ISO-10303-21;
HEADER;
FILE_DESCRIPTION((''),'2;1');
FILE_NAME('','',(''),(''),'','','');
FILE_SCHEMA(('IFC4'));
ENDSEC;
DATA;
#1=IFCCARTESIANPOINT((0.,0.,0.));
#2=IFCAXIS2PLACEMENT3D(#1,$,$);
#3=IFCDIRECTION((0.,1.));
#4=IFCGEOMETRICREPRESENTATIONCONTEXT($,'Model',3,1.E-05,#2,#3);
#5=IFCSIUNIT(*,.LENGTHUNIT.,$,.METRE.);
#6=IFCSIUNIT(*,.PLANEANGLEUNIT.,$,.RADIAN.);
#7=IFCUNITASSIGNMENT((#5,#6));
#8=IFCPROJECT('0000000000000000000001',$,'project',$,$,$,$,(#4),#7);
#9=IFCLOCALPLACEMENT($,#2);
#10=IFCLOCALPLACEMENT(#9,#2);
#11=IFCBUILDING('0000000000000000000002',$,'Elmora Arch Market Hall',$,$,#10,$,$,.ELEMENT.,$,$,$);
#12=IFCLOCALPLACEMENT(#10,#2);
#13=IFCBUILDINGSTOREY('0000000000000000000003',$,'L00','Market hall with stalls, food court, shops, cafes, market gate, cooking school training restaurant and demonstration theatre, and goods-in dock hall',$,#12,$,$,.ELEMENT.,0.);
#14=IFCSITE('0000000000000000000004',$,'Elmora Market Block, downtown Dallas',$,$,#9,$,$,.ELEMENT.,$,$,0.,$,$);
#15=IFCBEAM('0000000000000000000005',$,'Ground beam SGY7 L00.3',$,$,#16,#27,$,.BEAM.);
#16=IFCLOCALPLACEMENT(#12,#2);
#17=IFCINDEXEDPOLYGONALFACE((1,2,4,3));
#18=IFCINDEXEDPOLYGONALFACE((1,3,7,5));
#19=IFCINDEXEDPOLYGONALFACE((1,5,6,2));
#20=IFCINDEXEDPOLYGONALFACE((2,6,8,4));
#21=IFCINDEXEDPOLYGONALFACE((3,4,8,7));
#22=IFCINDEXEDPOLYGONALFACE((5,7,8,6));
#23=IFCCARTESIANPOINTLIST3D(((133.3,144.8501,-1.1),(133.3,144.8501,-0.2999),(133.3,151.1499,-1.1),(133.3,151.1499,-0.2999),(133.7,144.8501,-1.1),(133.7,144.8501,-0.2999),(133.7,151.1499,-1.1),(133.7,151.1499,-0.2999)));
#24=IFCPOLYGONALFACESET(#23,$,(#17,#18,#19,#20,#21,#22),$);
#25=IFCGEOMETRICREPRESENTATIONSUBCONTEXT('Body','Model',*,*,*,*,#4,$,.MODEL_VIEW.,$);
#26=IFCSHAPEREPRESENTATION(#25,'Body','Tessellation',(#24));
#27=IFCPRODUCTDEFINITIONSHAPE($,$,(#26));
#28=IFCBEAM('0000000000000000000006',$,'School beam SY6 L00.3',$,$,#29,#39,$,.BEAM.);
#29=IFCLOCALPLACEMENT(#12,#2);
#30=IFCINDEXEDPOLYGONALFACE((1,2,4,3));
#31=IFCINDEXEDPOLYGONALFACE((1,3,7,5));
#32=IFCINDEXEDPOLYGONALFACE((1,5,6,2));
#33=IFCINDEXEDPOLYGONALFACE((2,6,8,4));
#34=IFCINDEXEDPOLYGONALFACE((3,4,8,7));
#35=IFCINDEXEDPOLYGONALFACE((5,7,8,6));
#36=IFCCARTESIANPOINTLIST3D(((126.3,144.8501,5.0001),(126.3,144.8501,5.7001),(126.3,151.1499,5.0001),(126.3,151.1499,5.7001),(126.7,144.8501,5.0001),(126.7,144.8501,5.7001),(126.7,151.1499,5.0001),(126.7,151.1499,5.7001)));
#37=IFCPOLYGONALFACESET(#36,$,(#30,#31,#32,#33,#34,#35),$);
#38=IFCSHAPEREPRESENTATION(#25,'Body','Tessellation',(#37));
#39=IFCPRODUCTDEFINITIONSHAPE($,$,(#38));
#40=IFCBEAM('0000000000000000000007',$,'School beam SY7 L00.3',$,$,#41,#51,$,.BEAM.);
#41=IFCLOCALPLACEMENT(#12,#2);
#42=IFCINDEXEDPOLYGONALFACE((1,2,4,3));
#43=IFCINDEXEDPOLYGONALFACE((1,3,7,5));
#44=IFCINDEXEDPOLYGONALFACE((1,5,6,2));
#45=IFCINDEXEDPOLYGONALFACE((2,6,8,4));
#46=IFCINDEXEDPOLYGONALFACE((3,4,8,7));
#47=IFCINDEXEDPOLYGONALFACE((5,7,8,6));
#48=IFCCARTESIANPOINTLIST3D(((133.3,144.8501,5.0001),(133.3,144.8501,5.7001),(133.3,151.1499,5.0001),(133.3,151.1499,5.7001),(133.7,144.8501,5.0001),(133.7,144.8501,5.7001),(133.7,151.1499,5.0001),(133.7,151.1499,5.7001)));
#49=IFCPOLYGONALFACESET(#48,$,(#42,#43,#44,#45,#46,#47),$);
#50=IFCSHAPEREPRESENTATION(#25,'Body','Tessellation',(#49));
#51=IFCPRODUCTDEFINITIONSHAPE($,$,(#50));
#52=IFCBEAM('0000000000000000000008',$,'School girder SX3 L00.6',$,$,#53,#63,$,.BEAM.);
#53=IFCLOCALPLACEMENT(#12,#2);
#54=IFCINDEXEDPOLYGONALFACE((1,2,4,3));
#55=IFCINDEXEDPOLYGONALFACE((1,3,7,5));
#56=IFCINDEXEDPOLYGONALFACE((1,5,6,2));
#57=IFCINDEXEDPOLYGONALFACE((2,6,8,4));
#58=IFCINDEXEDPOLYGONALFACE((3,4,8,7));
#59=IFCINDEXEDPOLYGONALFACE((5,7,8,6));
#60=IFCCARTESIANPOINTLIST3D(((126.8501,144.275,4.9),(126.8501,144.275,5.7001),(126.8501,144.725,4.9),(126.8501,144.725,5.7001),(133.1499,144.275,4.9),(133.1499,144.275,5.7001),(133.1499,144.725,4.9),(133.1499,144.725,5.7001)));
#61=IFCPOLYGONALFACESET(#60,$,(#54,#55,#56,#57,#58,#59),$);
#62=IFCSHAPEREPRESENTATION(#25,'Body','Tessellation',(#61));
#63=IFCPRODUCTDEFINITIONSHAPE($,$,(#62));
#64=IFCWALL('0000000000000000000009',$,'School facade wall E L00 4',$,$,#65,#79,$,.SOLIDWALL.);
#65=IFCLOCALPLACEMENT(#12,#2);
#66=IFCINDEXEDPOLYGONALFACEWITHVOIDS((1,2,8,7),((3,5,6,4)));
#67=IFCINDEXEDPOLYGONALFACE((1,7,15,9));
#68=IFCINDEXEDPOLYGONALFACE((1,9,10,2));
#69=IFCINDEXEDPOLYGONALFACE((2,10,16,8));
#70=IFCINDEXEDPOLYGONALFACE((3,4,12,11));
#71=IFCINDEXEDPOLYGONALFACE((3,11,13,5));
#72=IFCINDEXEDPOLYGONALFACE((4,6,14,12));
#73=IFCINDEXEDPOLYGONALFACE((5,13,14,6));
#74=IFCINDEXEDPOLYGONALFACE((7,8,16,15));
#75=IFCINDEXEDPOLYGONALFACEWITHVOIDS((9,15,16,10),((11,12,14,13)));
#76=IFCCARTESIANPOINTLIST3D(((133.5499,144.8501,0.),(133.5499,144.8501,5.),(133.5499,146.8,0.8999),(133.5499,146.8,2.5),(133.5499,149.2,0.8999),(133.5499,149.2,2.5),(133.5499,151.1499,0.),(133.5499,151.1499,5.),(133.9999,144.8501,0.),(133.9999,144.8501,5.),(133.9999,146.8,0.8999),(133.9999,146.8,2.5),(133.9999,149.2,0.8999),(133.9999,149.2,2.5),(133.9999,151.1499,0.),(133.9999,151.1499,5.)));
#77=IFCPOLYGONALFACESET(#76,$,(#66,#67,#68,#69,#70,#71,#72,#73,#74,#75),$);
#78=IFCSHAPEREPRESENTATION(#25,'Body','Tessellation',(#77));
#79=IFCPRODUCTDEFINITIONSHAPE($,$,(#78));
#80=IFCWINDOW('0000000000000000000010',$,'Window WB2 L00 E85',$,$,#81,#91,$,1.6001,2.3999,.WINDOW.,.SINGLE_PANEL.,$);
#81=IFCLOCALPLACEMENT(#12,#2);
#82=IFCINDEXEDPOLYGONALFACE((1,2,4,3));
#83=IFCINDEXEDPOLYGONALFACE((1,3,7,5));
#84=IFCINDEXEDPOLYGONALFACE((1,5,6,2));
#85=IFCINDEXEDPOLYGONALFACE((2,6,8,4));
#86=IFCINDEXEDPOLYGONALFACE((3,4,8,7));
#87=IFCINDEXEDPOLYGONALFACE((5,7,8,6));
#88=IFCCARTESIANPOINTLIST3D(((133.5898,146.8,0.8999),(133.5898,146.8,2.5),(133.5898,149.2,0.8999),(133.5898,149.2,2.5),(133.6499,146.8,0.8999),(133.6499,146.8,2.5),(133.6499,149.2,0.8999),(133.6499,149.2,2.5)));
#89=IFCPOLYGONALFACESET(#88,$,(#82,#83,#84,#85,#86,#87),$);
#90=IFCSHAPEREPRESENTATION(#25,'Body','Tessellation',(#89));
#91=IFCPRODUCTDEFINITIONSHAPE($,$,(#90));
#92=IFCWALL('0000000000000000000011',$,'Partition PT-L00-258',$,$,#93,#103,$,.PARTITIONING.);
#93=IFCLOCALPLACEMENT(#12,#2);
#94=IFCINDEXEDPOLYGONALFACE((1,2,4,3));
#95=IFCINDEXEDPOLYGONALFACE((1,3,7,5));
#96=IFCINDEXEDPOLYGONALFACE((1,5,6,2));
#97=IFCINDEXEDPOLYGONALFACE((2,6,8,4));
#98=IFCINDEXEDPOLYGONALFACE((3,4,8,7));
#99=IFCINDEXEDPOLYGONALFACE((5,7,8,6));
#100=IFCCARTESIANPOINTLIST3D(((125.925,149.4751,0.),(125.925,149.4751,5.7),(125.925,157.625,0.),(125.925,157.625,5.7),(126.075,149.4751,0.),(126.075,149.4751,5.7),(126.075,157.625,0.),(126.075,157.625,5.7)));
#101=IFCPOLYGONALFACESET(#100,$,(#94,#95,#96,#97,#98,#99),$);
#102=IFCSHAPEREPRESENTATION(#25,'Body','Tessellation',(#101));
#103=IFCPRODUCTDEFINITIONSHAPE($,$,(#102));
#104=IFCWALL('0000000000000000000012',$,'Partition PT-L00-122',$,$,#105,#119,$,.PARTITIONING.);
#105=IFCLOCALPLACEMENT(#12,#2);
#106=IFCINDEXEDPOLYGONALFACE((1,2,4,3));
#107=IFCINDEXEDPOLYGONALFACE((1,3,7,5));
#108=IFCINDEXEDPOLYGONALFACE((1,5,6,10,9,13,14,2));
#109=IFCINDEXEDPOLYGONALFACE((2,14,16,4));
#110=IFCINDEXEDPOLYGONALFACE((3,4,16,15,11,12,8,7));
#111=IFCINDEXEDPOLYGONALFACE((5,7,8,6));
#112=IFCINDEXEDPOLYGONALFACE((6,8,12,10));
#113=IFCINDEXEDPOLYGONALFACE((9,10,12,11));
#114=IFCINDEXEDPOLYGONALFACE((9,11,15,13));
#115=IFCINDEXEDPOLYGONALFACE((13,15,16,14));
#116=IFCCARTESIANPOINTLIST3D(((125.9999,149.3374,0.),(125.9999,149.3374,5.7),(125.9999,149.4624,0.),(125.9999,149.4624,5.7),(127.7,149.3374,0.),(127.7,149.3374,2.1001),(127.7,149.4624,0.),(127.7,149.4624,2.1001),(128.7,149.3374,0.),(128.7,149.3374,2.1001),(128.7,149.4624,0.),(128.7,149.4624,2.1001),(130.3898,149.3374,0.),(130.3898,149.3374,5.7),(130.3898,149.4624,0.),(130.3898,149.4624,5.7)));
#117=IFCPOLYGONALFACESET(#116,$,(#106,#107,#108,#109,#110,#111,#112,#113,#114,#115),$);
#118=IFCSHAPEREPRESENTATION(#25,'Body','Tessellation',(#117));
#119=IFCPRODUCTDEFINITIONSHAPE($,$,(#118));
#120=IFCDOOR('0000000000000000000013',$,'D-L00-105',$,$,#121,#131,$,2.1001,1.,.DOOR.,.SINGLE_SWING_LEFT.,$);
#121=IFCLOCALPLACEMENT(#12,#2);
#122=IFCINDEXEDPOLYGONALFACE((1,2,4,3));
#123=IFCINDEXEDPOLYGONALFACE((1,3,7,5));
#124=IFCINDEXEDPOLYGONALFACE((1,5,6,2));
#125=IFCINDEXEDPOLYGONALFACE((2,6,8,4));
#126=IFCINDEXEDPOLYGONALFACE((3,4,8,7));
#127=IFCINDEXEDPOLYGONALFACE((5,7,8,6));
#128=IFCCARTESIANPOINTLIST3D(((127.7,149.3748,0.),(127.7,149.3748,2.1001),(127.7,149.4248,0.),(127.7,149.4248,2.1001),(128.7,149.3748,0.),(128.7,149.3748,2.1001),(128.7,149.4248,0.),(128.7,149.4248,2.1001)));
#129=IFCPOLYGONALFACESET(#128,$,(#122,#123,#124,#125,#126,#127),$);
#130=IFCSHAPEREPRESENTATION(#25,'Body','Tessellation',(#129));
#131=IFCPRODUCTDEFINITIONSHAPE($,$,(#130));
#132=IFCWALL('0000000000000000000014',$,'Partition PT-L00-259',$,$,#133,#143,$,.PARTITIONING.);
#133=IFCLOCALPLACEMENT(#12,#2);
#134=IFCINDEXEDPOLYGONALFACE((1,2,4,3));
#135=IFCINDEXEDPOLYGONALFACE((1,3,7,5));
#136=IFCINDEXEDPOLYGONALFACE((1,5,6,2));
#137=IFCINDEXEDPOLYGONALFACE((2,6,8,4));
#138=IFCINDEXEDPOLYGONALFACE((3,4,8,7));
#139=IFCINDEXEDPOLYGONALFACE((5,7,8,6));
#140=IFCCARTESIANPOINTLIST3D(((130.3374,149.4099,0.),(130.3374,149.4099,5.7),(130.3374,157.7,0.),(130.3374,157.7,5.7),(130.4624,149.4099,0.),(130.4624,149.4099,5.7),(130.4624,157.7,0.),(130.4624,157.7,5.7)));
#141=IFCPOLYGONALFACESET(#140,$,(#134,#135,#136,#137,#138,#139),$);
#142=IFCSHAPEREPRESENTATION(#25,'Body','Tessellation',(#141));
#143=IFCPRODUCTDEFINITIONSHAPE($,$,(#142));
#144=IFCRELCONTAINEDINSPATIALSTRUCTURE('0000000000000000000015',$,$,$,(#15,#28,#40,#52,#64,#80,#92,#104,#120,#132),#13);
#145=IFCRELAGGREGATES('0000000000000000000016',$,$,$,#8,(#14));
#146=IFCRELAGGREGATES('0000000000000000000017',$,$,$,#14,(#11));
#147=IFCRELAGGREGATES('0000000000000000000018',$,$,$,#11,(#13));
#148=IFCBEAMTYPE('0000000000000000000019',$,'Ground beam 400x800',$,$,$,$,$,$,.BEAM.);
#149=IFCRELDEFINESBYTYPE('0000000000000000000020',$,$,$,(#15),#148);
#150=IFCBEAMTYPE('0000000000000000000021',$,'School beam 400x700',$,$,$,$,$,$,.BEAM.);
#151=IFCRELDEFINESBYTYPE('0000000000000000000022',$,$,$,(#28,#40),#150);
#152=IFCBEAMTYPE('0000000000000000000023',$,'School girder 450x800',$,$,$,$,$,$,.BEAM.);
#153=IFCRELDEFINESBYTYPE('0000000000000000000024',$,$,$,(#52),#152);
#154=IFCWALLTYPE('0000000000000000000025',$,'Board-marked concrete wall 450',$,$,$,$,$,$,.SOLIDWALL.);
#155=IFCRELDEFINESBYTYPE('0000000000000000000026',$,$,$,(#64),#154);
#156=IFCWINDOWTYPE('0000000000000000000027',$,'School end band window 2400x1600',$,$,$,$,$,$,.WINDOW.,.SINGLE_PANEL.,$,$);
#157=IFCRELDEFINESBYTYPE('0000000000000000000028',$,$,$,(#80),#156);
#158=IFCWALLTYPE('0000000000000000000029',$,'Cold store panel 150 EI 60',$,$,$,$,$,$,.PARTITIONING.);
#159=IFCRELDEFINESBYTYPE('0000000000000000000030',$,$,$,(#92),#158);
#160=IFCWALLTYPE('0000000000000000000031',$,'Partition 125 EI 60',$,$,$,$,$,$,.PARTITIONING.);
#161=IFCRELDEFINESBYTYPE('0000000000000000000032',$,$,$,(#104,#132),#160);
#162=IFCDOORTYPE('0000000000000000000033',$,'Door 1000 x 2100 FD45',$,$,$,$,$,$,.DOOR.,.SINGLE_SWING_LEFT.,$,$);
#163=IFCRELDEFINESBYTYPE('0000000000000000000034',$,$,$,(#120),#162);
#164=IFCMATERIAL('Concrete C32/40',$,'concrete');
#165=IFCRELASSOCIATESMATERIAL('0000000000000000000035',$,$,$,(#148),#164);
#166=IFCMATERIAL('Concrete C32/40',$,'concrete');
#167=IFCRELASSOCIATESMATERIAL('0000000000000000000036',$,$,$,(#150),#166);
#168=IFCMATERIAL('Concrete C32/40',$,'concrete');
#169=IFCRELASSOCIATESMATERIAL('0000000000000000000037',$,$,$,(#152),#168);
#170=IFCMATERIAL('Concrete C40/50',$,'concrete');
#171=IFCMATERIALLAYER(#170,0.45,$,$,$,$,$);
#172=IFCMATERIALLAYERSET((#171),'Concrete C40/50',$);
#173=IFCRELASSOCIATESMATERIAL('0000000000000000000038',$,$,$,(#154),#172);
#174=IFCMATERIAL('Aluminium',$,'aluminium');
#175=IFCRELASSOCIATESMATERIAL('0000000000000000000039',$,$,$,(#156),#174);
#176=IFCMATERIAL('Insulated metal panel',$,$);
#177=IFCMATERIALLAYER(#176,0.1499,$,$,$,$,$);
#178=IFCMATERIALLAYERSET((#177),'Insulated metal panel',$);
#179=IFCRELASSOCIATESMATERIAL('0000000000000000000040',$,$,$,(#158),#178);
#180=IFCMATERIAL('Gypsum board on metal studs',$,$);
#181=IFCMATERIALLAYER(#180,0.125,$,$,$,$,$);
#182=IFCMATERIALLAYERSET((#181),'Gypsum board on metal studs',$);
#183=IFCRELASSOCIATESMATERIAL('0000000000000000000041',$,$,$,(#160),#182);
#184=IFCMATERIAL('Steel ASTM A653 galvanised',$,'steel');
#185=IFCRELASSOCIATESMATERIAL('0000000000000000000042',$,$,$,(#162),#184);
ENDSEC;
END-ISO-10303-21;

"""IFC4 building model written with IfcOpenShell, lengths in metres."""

from ifc_helpers import new_model, si_unit, direction, frame, frame_2d, origin, origin_2d, place, context, subcontext, project, spatial, rectangle, extrude, material, layer, layer_set, material_profile, profile_set, type_object, element, fill, save


model = new_model("IFC4")

# Units and contexts
model_context = context("Model", 3, precision=1e-05, world=origin(), true_north=direction((0.0, 1.0)))
body_context = subcontext(model_context, "Body", "Model", "MODEL_VIEW")
ifc_project = project(units=[si_unit("LENGTHUNIT", "METRE"), si_unit("PLANEANGLEUNIT", "RADIAN")], contexts=[model_context])

# Site, building, storey
site_placement = place(None, origin())
site = spatial("IfcSite", under=ifc_project, at=site_placement, Name="Elmora Market Block, downtown Dallas", CompositionType="ELEMENT", RefElevation=0.0)
building_placement = place(site_placement, origin())
building = spatial("IfcBuilding", under=site, at=building_placement, Name="Elmora Arch Market Hall", CompositionType="ELEMENT")
storey_placement = place(building_placement, origin())
storey = spatial("IfcBuildingStorey", under=building, at=storey_placement, Name="L00", Description="Market hall with stalls, food court, shops, cafes, market gate, cooking school training restaurant and demonstration theatre, and goods-in dock hall", CompositionType="ELEMENT", Elevation=0.0)

# Beams
ifc_material_1 = material(Name="Concrete C32/40", Category="concrete")
ifc_material_profile_1 = material_profile(ifc_material_1, rectangle(XDim=0.3999, YDim=0.8, at=origin_2d()), Name="Ground beam 400x800")
ifc_profile_set_1 = profile_set([ifc_material_profile_1], Name="Concrete C32/40")
beam_type_1 = type_object("IfcBeamType", Name="Ground beam 400x800", PredefinedType="BEAM", material=ifc_profile_set_1)
for number, where, z_axis, x_axis, name in (
    (1, (133.5, 144.8501, -0.7), (0.0, 1.0, 0.0), (-1.0, 0.0, 0.0), "Ground beam SGY7 L00.3"),
):
    element("IfcBeam", number, at=place(storey_placement, frame(where, z_axis=z_axis, x_axis=x_axis)), inside=storey, type_object=beam_type_1, Name=name, PredefinedType="BEAM", context=body_context, shape_type="SweptSolid", body=[
        extrude(rectangle(XDim=0.3999, YDim=0.8, at=origin_2d()), origin(), (0.0, 0.0, 1.0), 6.2998),
    ])
ifc_material_2 = material(Name="Concrete C32/40", Category="concrete")
ifc_material_profile_2 = material_profile(ifc_material_2, rectangle(XDim=0.3999, YDim=0.7, at=origin_2d()), Name="School beam 400x700")
ifc_profile_set_2 = profile_set([ifc_material_profile_2], Name="Concrete C32/40")
beam_type_2 = type_object("IfcBeamType", Name="School beam 400x700", PredefinedType="BEAM", material=ifc_profile_set_2)
for number, where, z_axis, x_axis, name in (
    (2, (126.5, 144.8501, 5.3501), (0.0, 1.0, 0.0), (-1.0, 0.0, 0.0), "School beam SY6 L00.3"),
    (3, (133.5, 144.8501, 5.3501), (0.0, 1.0, 0.0), (-1.0, 0.0, 0.0), "School beam SY7 L00.3"),
):
    element("IfcBeam", number, at=place(storey_placement, frame(where, z_axis=z_axis, x_axis=x_axis)), inside=storey, type_object=beam_type_2, Name=name, PredefinedType="BEAM", context=body_context, shape_type="SweptSolid", body=[
        extrude(rectangle(XDim=0.3999, YDim=0.7, at=origin_2d()), origin(), (0.0, 0.0, 1.0), 6.2998),
    ])
ifc_material_3 = material(Name="Concrete C32/40", Category="concrete")
ifc_material_profile_3 = material_profile(ifc_material_3, rectangle(XDim=0.45, YDim=0.8, at=origin_2d()), Name="School girder 450x800")
ifc_profile_set_3 = profile_set([ifc_material_profile_3], Name="Concrete C32/40")
beam_type_3 = type_object("IfcBeamType", Name="School girder 450x800", PredefinedType="BEAM", material=ifc_profile_set_3)
beam_placement = place(storey_placement, frame((126.8501, 144.5, 5.3), z_axis=(1.0, 0.0, 0.0), x_axis=(0.0, 1.0, 0.0)))
element("IfcBeam", 4, at=beam_placement, inside=storey, type_object=beam_type_3, Name="School girder SX3 L00.6", PredefinedType="BEAM", context=body_context, shape_type="SweptSolid", body=[
    extrude(rectangle(XDim=0.45, YDim=0.8, at=origin_2d()), origin(), (0.0, 0.0, 1.0), 6.2998),
])

# Wall, opening, window
ifc_material_4 = material(Name="Concrete C40/50", Category="concrete")
ifc_layer_1 = layer(ifc_material_4, 0.45)
ifc_layer_set_1 = layer_set([ifc_layer_1], Name="Concrete C40/50")
wall_type_1 = type_object("IfcWallType", Name="Board-marked concrete wall 450", PredefinedType="SOLIDWALL", material=ifc_layer_set_1)
wall_1_placement = place(storey_placement, frame((133.7749, 151.1499, 0.0), z_axis=(0.0, 0.0, 1.0), x_axis=(0.0, -1.0, 0.0)))
wall_1 = element("IfcWall", 5, at=wall_1_placement, inside=storey, type_object=wall_type_1, Name="School facade wall E L00 4", PredefinedType="SOLIDWALL", context=body_context, shape_type="SweptSolid", body=[
    extrude(rectangle(XDim=6.2998, YDim=0.45, at=frame_2d((3.1499, 0.0))), origin(), (0.0, 0.0, 1.0), 5.0),
])
opening_1_placement = place(wall_1_placement, frame((1.95, 0.0, 0.8999)))
opening_1 = element("IfcOpeningElement", 6, at=opening_1_placement, cuts=wall_1, PredefinedType="OPENING", context=body_context, shape_type="SweptSolid", body=[
    extrude(rectangle(XDim=2.3999, YDim=1.6001, at=frame_2d((1.2, 0.8))), frame((0.0, 0.2349, 0.0), z_axis=(0.0, -1.0, 0.0), x_axis=(1.0, 0.0, 0.0)), (0.0, 0.0, 1.0), 0.47),
])
ifc_material_5 = material(Name="Aluminium", Category="aluminium")
window_type = type_object("IfcWindowType", Name="School end band window 2400x1600", PartitioningType="SINGLE_PANEL", PredefinedType="WINDOW", material=ifc_material_5)
window_placement = place(opening_1_placement, origin())
window = element("IfcWindow", 7, at=window_placement, inside=storey, type_object=window_type, Name="Window WB2 L00 E85", OverallHeight=1.6001, OverallWidth=2.3999, PartitioningType="SINGLE_PANEL", PredefinedType="WINDOW", context=body_context, shape_type="SweptSolid", body=[
    extrude(rectangle(XDim=2.3999, YDim=1.6001, at=frame_2d((1.2, 0.8))), frame((0.0, -0.125, 0.0), z_axis=(0.0, -1.0, 0.0), x_axis=(1.0, 0.0, 0.0)), (0.0, 0.0, 1.0), 0.0601),
])
fill(opening_1, window)

# Wall
ifc_material_6 = material(Name="Insulated metal panel")
ifc_layer_2 = layer(ifc_material_6, 0.1499)
ifc_layer_set_2 = layer_set([ifc_layer_2], Name="Insulated metal panel")
wall_type_2 = type_object("IfcWallType", Name="Cold store panel 150 EI 60", PredefinedType="PARTITIONING", material=ifc_layer_set_2)
wall_2_placement = place(storey_placement, frame((126.0, 149.4751, 0.0), z_axis=(0.0, 0.0, 1.0), x_axis=(0.0, 1.0, 0.0)))
element("IfcWall", 8, at=wall_2_placement, inside=storey, type_object=wall_type_2, Name="Partition PT-L00-258", PredefinedType="PARTITIONING", context=body_context, shape_type="SweptSolid", body=[
    extrude(rectangle(XDim=8.1499, YDim=0.1499, at=frame_2d((4.075, 0.0))), origin(), (0.0, 0.0, 1.0), 5.7),
])

# Wall, opening, door
ifc_material_7 = material(Name="Gypsum board on metal studs")
ifc_layer_3 = layer(ifc_material_7, 0.125)
ifc_layer_set_3 = layer_set([ifc_layer_3], Name="Gypsum board on metal studs")
wall_type_3 = type_object("IfcWallType", Name="Partition 125 EI 60", PredefinedType="PARTITIONING", material=ifc_layer_set_3)
wall_3_placement = place(storey_placement, frame((126.0, 149.3999, 0.0), z_axis=(0.0, 0.0, 1.0), x_axis=(1.0, 0.0, 0.0)))
wall_3 = element("IfcWall", 9, at=wall_3_placement, inside=storey, type_object=wall_type_3, Name="Partition PT-L00-122", PredefinedType="PARTITIONING", context=body_context, shape_type="SweptSolid", body=[
    extrude(rectangle(XDim=4.3899, YDim=0.125, at=frame_2d((2.1948, 0.0))), origin(), (0.0, 0.0, 1.0), 5.7),
])
opening_2_placement = place(wall_3_placement, frame((1.7, 0.0, 0.0)))
opening_2 = element("IfcOpeningElement", 10, at=opening_2_placement, cuts=wall_3, PredefinedType="OPENING", context=body_context, shape_type="SweptSolid", body=[
    extrude(rectangle(XDim=1.0, YDim=2.1001, at=frame_2d((0.5, 1.05))), frame((0.0, 0.0725, 0.0), z_axis=(0.0, -1.0, 0.0), x_axis=(1.0, 0.0, 0.0)), (0.0, 0.0, 1.0), 0.145),
])
ifc_material_8 = material(Name="Steel ASTM A653 galvanised", Category="steel")
door_type = type_object("IfcDoorType", Name="Door 1000 x 2100 FD45", OperationType="SINGLE_SWING_LEFT", PredefinedType="DOOR", material=ifc_material_8)
door_placement = place(opening_2_placement, origin())
door = element("IfcDoor", 11, at=door_placement, inside=storey, type_object=door_type, Name="D-L00-105", OperationType="SINGLE_SWING_LEFT", OverallHeight=2.1001, OverallWidth=1.0, PredefinedType="DOOR", context=body_context, shape_type="SweptSolid", body=[
    extrude(rectangle(XDim=1.0, YDim=2.1001, at=frame_2d((0.5, 1.05))), frame((0.0, 0.0249, 0.0), z_axis=(0.0, -1.0, 0.0), x_axis=(1.0, 0.0, 0.0)), (0.0, 0.0, 1.0), 0.05),
])
fill(opening_2, door)

# Wall
wall_4_placement = place(storey_placement, frame((130.3999, 149.4099, 0.0), z_axis=(0.0, 0.0, 1.0), x_axis=(0.0, 1.0, 0.0)))
element("IfcWall", 12, at=wall_4_placement, inside=storey, type_object=wall_type_3, Name="Partition PT-L00-259", PredefinedType="PARTITIONING", context=body_context, shape_type="SweptSolid", body=[
    extrude(rectangle(XDim=8.29, YDim=0.125, at=frame_2d((4.145, 0.0))), origin(), (0.0, 0.0, 1.0), 5.7),
])

save(model, "model.ifc")
